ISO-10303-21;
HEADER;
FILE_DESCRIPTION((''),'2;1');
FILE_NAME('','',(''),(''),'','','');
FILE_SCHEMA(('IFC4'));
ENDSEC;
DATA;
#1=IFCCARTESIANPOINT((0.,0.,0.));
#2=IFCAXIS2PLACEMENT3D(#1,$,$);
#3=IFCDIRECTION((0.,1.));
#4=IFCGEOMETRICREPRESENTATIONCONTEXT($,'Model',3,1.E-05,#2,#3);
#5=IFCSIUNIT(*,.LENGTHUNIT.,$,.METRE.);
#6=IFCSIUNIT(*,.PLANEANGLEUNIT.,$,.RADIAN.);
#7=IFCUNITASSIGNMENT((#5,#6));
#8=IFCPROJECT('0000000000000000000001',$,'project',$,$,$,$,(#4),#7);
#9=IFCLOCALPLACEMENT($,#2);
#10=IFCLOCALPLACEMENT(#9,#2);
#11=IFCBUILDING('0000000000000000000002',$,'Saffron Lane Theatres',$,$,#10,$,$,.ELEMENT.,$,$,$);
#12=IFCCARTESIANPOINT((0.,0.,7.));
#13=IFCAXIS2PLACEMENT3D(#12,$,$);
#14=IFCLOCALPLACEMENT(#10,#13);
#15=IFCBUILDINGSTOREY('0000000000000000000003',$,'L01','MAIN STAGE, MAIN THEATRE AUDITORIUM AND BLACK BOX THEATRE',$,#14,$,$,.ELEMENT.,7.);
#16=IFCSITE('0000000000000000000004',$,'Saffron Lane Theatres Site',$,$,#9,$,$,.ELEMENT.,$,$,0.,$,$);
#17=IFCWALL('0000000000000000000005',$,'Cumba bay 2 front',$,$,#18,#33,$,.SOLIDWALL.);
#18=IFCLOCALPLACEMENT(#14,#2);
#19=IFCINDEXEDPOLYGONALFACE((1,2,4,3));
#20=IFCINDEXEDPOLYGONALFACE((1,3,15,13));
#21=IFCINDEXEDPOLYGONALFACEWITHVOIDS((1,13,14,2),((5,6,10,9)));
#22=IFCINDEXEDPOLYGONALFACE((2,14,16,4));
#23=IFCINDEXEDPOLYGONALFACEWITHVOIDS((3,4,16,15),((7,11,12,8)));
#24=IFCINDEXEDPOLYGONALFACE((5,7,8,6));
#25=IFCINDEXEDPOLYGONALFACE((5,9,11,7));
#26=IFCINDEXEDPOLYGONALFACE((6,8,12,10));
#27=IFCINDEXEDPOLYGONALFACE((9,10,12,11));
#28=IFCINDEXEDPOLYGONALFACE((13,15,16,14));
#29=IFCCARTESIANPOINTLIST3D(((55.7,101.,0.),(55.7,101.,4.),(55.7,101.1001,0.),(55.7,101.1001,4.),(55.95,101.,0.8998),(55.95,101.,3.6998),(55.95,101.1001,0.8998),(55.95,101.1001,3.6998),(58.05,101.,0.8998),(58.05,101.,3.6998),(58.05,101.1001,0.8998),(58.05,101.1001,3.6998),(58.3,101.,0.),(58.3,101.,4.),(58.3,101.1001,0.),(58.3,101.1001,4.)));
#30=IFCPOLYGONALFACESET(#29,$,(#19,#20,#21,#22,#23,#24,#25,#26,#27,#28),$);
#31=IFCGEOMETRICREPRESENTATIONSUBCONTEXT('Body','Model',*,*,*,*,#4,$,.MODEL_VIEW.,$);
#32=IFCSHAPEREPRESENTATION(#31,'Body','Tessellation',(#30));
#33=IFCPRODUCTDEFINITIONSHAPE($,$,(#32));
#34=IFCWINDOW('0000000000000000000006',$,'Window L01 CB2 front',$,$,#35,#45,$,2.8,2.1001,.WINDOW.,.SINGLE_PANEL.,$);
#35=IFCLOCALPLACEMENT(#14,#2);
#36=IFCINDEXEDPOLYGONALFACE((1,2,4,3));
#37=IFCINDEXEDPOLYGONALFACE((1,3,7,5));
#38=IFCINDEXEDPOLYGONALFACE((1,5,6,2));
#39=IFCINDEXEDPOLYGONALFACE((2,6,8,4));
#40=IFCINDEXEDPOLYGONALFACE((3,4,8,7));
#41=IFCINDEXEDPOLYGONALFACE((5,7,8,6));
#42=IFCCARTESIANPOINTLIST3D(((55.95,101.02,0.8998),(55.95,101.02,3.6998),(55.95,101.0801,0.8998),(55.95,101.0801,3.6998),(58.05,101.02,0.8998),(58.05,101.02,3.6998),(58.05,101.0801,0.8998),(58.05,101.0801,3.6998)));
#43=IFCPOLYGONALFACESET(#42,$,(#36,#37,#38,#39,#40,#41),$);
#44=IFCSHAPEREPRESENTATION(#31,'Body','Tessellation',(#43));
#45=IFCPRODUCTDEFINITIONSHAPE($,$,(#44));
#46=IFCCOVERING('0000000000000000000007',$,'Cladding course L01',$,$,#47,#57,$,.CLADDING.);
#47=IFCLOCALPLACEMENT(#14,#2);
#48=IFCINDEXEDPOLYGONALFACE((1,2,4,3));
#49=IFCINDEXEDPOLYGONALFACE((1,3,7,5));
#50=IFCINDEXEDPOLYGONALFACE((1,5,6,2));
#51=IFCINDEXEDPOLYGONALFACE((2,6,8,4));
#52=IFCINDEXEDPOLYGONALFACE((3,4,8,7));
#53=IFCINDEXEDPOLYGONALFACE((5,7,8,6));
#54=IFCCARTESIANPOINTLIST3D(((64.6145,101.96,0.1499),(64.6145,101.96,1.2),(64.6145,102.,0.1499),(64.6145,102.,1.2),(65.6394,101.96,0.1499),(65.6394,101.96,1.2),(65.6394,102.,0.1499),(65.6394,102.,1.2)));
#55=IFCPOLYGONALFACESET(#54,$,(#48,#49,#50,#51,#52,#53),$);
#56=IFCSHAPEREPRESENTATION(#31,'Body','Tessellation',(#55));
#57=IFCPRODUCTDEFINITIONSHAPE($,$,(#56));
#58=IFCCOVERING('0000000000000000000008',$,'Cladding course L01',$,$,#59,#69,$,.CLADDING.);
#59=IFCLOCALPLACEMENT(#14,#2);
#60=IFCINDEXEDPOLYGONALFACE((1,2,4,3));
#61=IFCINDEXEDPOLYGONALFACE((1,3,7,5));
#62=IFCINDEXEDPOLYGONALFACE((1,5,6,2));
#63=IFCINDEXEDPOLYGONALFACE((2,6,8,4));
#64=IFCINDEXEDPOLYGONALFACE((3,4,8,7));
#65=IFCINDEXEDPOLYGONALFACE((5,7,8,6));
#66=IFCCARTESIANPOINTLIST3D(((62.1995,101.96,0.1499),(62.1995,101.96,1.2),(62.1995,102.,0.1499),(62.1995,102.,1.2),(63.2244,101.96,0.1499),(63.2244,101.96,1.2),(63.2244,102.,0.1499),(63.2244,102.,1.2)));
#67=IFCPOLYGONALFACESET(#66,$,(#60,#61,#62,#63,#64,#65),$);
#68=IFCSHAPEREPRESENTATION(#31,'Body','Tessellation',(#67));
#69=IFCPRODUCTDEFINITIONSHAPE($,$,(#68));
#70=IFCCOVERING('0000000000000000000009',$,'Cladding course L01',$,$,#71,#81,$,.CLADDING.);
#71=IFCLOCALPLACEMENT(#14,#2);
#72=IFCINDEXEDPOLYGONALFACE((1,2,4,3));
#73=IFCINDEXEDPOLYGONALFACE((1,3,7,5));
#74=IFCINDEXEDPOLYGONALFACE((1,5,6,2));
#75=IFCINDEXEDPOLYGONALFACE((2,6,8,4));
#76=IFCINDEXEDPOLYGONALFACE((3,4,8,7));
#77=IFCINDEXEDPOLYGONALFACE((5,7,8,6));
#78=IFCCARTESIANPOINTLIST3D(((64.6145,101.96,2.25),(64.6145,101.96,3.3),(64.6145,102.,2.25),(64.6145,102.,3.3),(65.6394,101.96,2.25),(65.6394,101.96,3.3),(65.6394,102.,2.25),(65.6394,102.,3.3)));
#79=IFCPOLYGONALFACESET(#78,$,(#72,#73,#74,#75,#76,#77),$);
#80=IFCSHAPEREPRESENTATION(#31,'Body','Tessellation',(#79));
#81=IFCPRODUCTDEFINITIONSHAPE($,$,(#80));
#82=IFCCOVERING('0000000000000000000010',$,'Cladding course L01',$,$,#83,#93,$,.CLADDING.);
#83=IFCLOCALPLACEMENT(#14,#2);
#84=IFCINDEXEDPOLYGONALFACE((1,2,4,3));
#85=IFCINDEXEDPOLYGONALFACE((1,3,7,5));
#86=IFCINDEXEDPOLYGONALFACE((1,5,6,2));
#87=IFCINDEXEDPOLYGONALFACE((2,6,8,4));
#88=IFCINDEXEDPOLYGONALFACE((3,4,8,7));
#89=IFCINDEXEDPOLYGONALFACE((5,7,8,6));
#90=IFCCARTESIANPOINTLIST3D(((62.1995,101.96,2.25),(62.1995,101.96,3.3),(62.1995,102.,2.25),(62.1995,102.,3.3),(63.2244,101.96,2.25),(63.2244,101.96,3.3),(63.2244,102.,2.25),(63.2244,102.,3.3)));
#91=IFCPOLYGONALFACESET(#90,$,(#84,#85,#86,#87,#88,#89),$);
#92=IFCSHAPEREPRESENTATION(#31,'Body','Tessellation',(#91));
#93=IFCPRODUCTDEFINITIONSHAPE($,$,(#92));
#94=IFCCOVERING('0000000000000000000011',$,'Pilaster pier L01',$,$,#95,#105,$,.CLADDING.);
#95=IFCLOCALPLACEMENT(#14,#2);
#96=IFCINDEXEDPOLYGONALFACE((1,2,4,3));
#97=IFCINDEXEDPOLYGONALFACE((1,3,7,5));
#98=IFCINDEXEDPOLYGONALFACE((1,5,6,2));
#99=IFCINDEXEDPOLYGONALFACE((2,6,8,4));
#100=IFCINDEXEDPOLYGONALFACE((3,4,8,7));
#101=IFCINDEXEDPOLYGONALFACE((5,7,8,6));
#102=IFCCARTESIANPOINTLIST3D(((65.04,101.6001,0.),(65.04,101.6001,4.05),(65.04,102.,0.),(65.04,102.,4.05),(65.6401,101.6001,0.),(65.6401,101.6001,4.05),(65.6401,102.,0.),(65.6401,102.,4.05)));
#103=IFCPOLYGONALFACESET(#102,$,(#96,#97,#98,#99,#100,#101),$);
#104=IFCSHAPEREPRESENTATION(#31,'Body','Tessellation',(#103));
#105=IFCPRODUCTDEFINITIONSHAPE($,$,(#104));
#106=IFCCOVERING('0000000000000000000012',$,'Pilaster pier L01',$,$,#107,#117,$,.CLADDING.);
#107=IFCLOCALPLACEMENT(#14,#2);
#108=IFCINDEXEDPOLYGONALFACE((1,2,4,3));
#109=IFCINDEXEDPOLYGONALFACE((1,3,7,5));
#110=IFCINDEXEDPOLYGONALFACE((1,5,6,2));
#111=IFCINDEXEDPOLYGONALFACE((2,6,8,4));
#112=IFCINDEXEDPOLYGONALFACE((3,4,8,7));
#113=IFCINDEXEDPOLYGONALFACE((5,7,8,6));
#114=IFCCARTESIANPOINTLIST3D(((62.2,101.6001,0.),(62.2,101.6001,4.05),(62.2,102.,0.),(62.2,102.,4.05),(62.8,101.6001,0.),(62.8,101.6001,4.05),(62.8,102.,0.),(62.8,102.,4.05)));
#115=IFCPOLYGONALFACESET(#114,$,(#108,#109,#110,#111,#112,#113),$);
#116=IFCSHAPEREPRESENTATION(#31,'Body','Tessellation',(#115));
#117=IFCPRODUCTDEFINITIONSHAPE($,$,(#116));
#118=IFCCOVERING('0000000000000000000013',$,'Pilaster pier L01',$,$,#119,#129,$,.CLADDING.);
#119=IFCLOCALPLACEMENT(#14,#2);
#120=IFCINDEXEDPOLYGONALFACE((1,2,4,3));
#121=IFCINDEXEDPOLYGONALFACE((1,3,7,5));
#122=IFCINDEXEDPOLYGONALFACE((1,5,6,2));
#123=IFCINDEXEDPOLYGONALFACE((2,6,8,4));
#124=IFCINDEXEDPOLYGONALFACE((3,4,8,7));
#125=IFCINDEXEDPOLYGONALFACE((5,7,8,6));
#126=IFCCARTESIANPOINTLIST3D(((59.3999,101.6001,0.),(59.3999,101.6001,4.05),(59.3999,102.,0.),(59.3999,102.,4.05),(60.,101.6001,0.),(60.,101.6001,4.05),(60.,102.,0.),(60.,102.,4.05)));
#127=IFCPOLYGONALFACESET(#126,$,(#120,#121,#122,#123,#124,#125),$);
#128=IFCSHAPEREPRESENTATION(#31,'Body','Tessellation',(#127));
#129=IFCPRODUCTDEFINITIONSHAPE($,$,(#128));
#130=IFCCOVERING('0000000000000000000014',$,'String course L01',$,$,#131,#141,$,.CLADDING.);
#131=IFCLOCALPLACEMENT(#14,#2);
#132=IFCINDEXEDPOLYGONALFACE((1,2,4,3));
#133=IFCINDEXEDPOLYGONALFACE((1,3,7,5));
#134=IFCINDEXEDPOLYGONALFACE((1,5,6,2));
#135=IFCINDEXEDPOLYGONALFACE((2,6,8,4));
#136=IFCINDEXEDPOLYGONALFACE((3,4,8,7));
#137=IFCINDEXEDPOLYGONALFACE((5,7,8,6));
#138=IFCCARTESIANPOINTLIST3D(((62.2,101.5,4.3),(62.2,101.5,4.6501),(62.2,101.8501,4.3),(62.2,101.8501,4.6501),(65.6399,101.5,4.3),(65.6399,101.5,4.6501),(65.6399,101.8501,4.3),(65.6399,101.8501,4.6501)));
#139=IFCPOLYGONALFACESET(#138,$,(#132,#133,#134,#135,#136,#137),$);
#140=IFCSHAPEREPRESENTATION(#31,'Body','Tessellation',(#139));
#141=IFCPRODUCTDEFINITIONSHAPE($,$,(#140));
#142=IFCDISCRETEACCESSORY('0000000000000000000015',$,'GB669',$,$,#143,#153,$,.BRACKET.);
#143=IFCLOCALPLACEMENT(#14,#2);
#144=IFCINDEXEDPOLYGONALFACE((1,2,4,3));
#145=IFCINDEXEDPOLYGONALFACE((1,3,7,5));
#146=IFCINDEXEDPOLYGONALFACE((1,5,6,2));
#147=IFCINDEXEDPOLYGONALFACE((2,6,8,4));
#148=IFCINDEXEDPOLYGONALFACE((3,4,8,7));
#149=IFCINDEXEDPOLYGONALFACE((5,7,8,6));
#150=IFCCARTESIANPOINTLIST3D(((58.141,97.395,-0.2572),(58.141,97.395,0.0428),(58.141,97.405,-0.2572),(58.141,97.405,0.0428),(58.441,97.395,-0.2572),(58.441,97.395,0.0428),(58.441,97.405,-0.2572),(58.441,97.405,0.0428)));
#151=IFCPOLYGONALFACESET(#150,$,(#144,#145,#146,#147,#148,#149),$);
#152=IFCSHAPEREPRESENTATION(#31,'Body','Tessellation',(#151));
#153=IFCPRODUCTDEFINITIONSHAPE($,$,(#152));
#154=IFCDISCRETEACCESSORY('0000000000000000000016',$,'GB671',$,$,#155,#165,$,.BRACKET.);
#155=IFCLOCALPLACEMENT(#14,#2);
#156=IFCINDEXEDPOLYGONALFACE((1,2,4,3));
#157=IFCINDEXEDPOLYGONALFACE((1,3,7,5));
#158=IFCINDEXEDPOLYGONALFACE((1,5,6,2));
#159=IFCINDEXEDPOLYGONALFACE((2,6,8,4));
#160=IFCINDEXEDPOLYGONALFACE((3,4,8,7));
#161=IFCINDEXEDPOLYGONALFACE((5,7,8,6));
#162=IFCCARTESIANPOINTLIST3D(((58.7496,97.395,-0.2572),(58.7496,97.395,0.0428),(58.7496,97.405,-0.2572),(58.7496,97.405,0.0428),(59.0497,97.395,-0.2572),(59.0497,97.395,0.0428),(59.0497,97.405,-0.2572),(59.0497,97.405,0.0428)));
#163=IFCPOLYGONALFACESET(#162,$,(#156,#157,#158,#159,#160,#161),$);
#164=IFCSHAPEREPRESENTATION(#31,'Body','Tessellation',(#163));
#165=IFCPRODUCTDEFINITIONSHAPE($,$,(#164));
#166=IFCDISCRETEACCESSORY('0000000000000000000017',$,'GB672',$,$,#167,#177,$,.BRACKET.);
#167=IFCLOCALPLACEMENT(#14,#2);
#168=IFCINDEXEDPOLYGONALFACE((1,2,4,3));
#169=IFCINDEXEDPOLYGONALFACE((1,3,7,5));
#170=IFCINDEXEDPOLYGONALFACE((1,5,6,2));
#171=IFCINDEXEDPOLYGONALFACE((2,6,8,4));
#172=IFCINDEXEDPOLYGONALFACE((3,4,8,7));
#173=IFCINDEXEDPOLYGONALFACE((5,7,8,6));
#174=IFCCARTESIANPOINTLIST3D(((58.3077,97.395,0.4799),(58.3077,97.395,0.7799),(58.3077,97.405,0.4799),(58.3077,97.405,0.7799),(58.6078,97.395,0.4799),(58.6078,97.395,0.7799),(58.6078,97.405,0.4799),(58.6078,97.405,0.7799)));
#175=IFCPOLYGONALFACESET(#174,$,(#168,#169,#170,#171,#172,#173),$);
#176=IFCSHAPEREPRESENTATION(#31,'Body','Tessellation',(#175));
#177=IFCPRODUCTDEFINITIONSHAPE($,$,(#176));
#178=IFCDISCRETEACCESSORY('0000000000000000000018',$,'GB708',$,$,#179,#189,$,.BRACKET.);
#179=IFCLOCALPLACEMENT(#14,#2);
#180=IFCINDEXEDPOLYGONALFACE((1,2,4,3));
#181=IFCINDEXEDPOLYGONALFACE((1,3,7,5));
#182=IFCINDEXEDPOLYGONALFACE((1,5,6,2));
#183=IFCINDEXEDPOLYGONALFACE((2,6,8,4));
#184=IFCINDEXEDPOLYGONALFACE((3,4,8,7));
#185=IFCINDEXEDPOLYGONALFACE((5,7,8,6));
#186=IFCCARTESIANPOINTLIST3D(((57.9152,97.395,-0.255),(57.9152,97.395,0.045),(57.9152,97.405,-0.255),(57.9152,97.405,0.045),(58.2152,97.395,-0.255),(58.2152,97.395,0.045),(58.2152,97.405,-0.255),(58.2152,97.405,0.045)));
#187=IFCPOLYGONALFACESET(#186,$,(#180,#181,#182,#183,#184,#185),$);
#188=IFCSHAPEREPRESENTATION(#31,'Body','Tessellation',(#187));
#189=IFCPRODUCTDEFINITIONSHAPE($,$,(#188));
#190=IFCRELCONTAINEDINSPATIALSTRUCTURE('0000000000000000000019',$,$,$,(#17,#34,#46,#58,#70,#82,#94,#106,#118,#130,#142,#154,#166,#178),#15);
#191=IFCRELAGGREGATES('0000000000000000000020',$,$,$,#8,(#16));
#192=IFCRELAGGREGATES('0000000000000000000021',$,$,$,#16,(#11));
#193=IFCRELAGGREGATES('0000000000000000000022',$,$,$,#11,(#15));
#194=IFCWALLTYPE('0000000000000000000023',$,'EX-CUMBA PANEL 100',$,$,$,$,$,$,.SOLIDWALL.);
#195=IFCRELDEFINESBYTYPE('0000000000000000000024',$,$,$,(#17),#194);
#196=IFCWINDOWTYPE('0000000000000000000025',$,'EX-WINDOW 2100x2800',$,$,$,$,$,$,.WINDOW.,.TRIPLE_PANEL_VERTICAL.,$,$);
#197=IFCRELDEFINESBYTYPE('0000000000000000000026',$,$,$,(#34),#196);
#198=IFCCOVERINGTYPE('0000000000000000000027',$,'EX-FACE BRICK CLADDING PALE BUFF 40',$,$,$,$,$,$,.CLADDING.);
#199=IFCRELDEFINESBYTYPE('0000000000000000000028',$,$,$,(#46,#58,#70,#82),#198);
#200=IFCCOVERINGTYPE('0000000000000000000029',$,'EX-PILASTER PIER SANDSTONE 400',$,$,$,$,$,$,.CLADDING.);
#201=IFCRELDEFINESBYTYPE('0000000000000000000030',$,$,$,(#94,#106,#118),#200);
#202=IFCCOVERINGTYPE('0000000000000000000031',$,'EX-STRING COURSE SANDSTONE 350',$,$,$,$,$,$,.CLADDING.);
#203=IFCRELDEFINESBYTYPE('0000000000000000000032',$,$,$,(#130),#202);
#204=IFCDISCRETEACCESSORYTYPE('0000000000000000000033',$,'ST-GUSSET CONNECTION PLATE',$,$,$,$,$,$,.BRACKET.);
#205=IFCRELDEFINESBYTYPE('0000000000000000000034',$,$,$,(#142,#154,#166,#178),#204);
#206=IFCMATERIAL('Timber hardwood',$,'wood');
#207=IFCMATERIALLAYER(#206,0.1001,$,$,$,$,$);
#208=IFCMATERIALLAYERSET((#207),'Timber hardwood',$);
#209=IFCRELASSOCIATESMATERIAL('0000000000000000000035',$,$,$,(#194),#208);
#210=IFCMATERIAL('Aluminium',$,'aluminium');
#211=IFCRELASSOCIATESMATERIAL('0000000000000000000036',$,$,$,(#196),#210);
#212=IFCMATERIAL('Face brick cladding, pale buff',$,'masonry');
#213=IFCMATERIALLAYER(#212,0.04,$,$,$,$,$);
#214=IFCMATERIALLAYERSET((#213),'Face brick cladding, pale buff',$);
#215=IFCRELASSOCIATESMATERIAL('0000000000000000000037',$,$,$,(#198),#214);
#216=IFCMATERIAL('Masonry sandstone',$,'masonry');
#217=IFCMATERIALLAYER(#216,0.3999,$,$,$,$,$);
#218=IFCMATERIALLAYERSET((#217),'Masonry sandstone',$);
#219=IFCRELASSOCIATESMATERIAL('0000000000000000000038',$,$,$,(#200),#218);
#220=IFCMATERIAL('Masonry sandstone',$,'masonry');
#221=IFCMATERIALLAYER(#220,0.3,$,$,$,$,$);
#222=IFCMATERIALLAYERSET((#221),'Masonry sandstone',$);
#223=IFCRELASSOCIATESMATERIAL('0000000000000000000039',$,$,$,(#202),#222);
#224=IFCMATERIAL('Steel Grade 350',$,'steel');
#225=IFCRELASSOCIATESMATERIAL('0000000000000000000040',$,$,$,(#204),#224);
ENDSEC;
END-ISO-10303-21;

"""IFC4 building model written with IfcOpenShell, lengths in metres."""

from ifc_helpers import new_model, si_unit, direction, frame, frame_2d, origin, origin_2d, place, context, subcontext, project, spatial, rectangle, extrude, material, layer, layer_set, material_profile, profile_set, type_object, element, fill, save


model = new_model("IFC4")

# Units and contexts
model_context = context("Model", 3, precision=1e-05, world=origin(), true_north=direction((0.0, 1.0)))
body_context = subcontext(model_context, "Body", "Model", "MODEL_VIEW")
ifc_project = project(units=[si_unit("LENGTHUNIT", "METRE"), si_unit("PLANEANGLEUNIT", "RADIAN")], contexts=[model_context])

# Site, building, storey
site_placement = place(None, origin())
site = spatial("IfcSite", under=ifc_project, at=site_placement, Name="Saffron Lane Theatres Site", CompositionType="ELEMENT", RefElevation=0.0)
building_placement = place(site_placement, origin())
building = spatial("IfcBuilding", under=site, at=building_placement, Name="Saffron Lane Theatres", CompositionType="ELEMENT")
storey_placement = place(building_placement, frame((0.0, 0.0, 7.0)))
storey = spatial("IfcBuildingStorey", under=building, at=storey_placement, Name="L01", Description="MAIN STAGE, MAIN THEATRE AUDITORIUM AND BLACK BOX THEATRE", CompositionType="ELEMENT", Elevation=7.0)

# Shared definitions
ifc_material_1 = material(Name="Timber hardwood", Category="wood")
ifc_layer_1 = layer(ifc_material_1, 0.1001)
ifc_layer_set_1 = layer_set([ifc_layer_1], Name="Timber hardwood")
wall_type = type_object("IfcWallType", Name="EX-CUMBA PANEL 100", PredefinedType="SOLIDWALL", material=ifc_layer_set_1)

# Wall, opening, window
wall_1_placement = place(storey_placement, frame((58.3, 101.05, 0.0), z_axis=(0.0, 0.0, 1.0), x_axis=(-1.0, 0.0, 0.0)))
wall_1 = element("IfcWall", 1, at=wall_1_placement, inside=storey, type_object=wall_type, Name="Cumba bay 2 front", PredefinedType="SOLIDWALL", context=body_context, shape_type="SweptSolid", body=[
    extrude(rectangle(XDim=2.6001, YDim=0.1001, at=frame_2d((1.3, 0.0))), origin(), (0.0, 0.0, 1.0), 4.0),
])
opening_placement = place(wall_1_placement, frame((0.25, 0.0, 0.8999)))
opening = element("IfcOpeningElement", 2, at=opening_placement, cuts=wall_1, PredefinedType="OPENING", context=body_context, shape_type="SweptSolid", body=[
    extrude(rectangle(XDim=2.1001, YDim=2.8, at=frame_2d((1.05, 1.3999))), frame((0.0, 0.0601, 0.0), z_axis=(0.0, -1.0, 0.0), x_axis=(1.0, 0.0, 0.0)), (0.0, 0.0, 1.0), 0.1201),
])
ifc_material_2 = material(Name="Aluminium", Category="aluminium")
window_type = type_object("IfcWindowType", Name="EX-WINDOW 2100x2800", PartitioningType="TRIPLE_PANEL_VERTICAL", PredefinedType="WINDOW", material=ifc_material_2)
window_placement = place(opening_placement, origin())
window = element("IfcWindow", 3, at=window_placement, inside=storey, type_object=window_type, Name="Window L01 CB2 front", OverallHeight=2.8, OverallWidth=2.1001, PartitioningType="SINGLE_PANEL", PredefinedType="WINDOW", context=body_context, shape_type="SweptSolid", body=[
    extrude(rectangle(XDim=2.1001, YDim=2.8, at=frame_2d((1.05, 1.3999))), frame((0.0, 0.03, 0.0), z_axis=(0.0, -1.0, 0.0), x_axis=(1.0, 0.0, 0.0)), (0.0, 0.0, 1.0), 0.0601),
])
fill(opening, window)

# Coverings
ifc_material_3 = material(Name="Face brick cladding, pale buff", Category="masonry")
ifc_layer_2 = layer(ifc_material_3, 0.04)
ifc_layer_set_2 = layer_set([ifc_layer_2], Name="Face brick cladding, pale buff")
covering_type_1 = type_object("IfcCoveringType", Name="EX-FACE BRICK CLADDING PALE BUFF 40", PredefinedType="CLADDING", material=ifc_layer_set_2)
for number, where, z_axis, x_axis, name in (
    (4, (65.127, 101.98, 0.1499), (0.0, 0.0, 1.0), (-1.0, 0.0, 0.0), "Cladding course L01"),
    (5, (62.7119, 101.98, 0.1499), (0.0, 0.0, 1.0), (-1.0, 0.0, 0.0), "Cladding course L01"),
    (6, (65.127, 101.98, 2.25), (0.0, 0.0, 1.0), (-1.0, 0.0, 0.0), "Cladding course L01"),
    (7, (62.7119, 101.98, 2.25), (0.0, 0.0, 1.0), (-1.0, 0.0, 0.0), "Cladding course L01"),
):
    element("IfcCovering", number, at=place(storey_placement, frame(where, z_axis=z_axis, x_axis=x_axis)), inside=storey, type_object=covering_type_1, Name=name, PredefinedType="CLADDING", context=body_context, shape_type="SweptSolid", body=[
        extrude(rectangle(XDim=1.0249, YDim=0.04, at=origin_2d()), origin(), (0.0, 0.0, 1.0), 1.05),
    ])
ifc_material_4 = material(Name="Masonry sandstone", Category="masonry")
ifc_layer_3 = layer(ifc_material_4, 0.3999)
ifc_layer_set_3 = layer_set([ifc_layer_3], Name="Masonry sandstone")
covering_type_2 = type_object("IfcCoveringType", Name="EX-PILASTER PIER SANDSTONE 400", PredefinedType="CLADDING", material=ifc_layer_set_3)
for number, where, z_axis, x_axis, name in (
    (8, (65.3401, 101.8, 0.0), (0.0, 0.0, 1.0), (-1.0, 0.0, 0.0), "Pilaster pier L01"),
    (9, (62.5, 101.8, 0.0), (0.0, 0.0, 1.0), (-1.0, 0.0, 0.0), "Pilaster pier L01"),
    (10, (59.7, 101.8, 0.0), (0.0, 0.0, 1.0), (-1.0, 0.0, 0.0), "Pilaster pier L01"),
):
    element("IfcCovering", number, at=place(storey_placement, frame(where, z_axis=z_axis, x_axis=x_axis)), inside=storey, type_object=covering_type_2, Name=name, PredefinedType="CLADDING", context=body_context, shape_type="SweptSolid", body=[
        extrude(rectangle(XDim=0.6001, YDim=0.3999, at=origin_2d()), origin(), (0.0, 0.0, 1.0), 4.05),
    ])
ifc_material_5 = material(Name="Masonry sandstone", Category="masonry")
ifc_layer_4 = layer(ifc_material_5, 0.3)
ifc_layer_set_4 = layer_set([ifc_layer_4], Name="Masonry sandstone")
covering_type_3 = type_object("IfcCoveringType", Name="EX-STRING COURSE SANDSTONE 350", PredefinedType="CLADDING", material=ifc_layer_set_4)
covering_placement = place(storey_placement, frame((63.9199, 101.675, 4.3), z_axis=(0.0, 0.0, 1.0), x_axis=(-1.0, 0.0, 0.0)))
element("IfcCovering", 11, at=covering_placement, inside=storey, type_object=covering_type_3, Name="String course L01", PredefinedType="CLADDING", context=body_context, shape_type="SweptSolid", body=[
    extrude(rectangle(XDim=3.4399, YDim=0.3501, at=origin_2d()), origin(), (0.0, 0.0, 1.0), 0.3501),
])

# Discrete accessories
ifc_material_6 = material(Name="Steel Grade 350", Category="steel")
ifc_material_profile_1 = material_profile(ifc_material_6, rectangle(XDim=0.3, YDim=0.3, at=origin_2d()))
ifc_profile_set_1 = profile_set([ifc_material_profile_1], Name="Steel Grade 350")
discrete_accessory_type = type_object("IfcDiscreteAccessoryType", Name="ST-GUSSET CONNECTION PLATE", PredefinedType="BRACKET", material=ifc_profile_set_1)
for number, where, z_axis, x_axis, name in (
    (12, (58.291, 97.395, -0.1072), (0.0, 1.0, 0.0), (-1.0, 0.0, 0.0), "GB669"),
    (13, (58.8997, 97.395, -0.1072), (0.0, 1.0, 0.0), (-1.0, 0.0, 0.0), "GB671"),
    (14, (58.4578, 97.395, 0.6299), (0.0, 1.0, 0.0), (-1.0, 0.0, 0.0), "GB672"),
    (15, (58.0652, 97.395, -0.105), (0.0, 1.0, 0.0), (-1.0, 0.0, 0.0), "GB708"),
):
    element("IfcDiscreteAccessory", number, at=place(storey_placement, frame(where, z_axis=z_axis, x_axis=x_axis)), inside=storey, type_object=discrete_accessory_type, Name=name, PredefinedType="BRACKET", context=body_context, shape_type="SweptSolid", body=[
        extrude(rectangle(XDim=0.3, YDim=0.3, at=origin_2d()), origin(), (0.0, 0.0, 1.0), 0.01),
    ])

save(model, "model.ifc")
